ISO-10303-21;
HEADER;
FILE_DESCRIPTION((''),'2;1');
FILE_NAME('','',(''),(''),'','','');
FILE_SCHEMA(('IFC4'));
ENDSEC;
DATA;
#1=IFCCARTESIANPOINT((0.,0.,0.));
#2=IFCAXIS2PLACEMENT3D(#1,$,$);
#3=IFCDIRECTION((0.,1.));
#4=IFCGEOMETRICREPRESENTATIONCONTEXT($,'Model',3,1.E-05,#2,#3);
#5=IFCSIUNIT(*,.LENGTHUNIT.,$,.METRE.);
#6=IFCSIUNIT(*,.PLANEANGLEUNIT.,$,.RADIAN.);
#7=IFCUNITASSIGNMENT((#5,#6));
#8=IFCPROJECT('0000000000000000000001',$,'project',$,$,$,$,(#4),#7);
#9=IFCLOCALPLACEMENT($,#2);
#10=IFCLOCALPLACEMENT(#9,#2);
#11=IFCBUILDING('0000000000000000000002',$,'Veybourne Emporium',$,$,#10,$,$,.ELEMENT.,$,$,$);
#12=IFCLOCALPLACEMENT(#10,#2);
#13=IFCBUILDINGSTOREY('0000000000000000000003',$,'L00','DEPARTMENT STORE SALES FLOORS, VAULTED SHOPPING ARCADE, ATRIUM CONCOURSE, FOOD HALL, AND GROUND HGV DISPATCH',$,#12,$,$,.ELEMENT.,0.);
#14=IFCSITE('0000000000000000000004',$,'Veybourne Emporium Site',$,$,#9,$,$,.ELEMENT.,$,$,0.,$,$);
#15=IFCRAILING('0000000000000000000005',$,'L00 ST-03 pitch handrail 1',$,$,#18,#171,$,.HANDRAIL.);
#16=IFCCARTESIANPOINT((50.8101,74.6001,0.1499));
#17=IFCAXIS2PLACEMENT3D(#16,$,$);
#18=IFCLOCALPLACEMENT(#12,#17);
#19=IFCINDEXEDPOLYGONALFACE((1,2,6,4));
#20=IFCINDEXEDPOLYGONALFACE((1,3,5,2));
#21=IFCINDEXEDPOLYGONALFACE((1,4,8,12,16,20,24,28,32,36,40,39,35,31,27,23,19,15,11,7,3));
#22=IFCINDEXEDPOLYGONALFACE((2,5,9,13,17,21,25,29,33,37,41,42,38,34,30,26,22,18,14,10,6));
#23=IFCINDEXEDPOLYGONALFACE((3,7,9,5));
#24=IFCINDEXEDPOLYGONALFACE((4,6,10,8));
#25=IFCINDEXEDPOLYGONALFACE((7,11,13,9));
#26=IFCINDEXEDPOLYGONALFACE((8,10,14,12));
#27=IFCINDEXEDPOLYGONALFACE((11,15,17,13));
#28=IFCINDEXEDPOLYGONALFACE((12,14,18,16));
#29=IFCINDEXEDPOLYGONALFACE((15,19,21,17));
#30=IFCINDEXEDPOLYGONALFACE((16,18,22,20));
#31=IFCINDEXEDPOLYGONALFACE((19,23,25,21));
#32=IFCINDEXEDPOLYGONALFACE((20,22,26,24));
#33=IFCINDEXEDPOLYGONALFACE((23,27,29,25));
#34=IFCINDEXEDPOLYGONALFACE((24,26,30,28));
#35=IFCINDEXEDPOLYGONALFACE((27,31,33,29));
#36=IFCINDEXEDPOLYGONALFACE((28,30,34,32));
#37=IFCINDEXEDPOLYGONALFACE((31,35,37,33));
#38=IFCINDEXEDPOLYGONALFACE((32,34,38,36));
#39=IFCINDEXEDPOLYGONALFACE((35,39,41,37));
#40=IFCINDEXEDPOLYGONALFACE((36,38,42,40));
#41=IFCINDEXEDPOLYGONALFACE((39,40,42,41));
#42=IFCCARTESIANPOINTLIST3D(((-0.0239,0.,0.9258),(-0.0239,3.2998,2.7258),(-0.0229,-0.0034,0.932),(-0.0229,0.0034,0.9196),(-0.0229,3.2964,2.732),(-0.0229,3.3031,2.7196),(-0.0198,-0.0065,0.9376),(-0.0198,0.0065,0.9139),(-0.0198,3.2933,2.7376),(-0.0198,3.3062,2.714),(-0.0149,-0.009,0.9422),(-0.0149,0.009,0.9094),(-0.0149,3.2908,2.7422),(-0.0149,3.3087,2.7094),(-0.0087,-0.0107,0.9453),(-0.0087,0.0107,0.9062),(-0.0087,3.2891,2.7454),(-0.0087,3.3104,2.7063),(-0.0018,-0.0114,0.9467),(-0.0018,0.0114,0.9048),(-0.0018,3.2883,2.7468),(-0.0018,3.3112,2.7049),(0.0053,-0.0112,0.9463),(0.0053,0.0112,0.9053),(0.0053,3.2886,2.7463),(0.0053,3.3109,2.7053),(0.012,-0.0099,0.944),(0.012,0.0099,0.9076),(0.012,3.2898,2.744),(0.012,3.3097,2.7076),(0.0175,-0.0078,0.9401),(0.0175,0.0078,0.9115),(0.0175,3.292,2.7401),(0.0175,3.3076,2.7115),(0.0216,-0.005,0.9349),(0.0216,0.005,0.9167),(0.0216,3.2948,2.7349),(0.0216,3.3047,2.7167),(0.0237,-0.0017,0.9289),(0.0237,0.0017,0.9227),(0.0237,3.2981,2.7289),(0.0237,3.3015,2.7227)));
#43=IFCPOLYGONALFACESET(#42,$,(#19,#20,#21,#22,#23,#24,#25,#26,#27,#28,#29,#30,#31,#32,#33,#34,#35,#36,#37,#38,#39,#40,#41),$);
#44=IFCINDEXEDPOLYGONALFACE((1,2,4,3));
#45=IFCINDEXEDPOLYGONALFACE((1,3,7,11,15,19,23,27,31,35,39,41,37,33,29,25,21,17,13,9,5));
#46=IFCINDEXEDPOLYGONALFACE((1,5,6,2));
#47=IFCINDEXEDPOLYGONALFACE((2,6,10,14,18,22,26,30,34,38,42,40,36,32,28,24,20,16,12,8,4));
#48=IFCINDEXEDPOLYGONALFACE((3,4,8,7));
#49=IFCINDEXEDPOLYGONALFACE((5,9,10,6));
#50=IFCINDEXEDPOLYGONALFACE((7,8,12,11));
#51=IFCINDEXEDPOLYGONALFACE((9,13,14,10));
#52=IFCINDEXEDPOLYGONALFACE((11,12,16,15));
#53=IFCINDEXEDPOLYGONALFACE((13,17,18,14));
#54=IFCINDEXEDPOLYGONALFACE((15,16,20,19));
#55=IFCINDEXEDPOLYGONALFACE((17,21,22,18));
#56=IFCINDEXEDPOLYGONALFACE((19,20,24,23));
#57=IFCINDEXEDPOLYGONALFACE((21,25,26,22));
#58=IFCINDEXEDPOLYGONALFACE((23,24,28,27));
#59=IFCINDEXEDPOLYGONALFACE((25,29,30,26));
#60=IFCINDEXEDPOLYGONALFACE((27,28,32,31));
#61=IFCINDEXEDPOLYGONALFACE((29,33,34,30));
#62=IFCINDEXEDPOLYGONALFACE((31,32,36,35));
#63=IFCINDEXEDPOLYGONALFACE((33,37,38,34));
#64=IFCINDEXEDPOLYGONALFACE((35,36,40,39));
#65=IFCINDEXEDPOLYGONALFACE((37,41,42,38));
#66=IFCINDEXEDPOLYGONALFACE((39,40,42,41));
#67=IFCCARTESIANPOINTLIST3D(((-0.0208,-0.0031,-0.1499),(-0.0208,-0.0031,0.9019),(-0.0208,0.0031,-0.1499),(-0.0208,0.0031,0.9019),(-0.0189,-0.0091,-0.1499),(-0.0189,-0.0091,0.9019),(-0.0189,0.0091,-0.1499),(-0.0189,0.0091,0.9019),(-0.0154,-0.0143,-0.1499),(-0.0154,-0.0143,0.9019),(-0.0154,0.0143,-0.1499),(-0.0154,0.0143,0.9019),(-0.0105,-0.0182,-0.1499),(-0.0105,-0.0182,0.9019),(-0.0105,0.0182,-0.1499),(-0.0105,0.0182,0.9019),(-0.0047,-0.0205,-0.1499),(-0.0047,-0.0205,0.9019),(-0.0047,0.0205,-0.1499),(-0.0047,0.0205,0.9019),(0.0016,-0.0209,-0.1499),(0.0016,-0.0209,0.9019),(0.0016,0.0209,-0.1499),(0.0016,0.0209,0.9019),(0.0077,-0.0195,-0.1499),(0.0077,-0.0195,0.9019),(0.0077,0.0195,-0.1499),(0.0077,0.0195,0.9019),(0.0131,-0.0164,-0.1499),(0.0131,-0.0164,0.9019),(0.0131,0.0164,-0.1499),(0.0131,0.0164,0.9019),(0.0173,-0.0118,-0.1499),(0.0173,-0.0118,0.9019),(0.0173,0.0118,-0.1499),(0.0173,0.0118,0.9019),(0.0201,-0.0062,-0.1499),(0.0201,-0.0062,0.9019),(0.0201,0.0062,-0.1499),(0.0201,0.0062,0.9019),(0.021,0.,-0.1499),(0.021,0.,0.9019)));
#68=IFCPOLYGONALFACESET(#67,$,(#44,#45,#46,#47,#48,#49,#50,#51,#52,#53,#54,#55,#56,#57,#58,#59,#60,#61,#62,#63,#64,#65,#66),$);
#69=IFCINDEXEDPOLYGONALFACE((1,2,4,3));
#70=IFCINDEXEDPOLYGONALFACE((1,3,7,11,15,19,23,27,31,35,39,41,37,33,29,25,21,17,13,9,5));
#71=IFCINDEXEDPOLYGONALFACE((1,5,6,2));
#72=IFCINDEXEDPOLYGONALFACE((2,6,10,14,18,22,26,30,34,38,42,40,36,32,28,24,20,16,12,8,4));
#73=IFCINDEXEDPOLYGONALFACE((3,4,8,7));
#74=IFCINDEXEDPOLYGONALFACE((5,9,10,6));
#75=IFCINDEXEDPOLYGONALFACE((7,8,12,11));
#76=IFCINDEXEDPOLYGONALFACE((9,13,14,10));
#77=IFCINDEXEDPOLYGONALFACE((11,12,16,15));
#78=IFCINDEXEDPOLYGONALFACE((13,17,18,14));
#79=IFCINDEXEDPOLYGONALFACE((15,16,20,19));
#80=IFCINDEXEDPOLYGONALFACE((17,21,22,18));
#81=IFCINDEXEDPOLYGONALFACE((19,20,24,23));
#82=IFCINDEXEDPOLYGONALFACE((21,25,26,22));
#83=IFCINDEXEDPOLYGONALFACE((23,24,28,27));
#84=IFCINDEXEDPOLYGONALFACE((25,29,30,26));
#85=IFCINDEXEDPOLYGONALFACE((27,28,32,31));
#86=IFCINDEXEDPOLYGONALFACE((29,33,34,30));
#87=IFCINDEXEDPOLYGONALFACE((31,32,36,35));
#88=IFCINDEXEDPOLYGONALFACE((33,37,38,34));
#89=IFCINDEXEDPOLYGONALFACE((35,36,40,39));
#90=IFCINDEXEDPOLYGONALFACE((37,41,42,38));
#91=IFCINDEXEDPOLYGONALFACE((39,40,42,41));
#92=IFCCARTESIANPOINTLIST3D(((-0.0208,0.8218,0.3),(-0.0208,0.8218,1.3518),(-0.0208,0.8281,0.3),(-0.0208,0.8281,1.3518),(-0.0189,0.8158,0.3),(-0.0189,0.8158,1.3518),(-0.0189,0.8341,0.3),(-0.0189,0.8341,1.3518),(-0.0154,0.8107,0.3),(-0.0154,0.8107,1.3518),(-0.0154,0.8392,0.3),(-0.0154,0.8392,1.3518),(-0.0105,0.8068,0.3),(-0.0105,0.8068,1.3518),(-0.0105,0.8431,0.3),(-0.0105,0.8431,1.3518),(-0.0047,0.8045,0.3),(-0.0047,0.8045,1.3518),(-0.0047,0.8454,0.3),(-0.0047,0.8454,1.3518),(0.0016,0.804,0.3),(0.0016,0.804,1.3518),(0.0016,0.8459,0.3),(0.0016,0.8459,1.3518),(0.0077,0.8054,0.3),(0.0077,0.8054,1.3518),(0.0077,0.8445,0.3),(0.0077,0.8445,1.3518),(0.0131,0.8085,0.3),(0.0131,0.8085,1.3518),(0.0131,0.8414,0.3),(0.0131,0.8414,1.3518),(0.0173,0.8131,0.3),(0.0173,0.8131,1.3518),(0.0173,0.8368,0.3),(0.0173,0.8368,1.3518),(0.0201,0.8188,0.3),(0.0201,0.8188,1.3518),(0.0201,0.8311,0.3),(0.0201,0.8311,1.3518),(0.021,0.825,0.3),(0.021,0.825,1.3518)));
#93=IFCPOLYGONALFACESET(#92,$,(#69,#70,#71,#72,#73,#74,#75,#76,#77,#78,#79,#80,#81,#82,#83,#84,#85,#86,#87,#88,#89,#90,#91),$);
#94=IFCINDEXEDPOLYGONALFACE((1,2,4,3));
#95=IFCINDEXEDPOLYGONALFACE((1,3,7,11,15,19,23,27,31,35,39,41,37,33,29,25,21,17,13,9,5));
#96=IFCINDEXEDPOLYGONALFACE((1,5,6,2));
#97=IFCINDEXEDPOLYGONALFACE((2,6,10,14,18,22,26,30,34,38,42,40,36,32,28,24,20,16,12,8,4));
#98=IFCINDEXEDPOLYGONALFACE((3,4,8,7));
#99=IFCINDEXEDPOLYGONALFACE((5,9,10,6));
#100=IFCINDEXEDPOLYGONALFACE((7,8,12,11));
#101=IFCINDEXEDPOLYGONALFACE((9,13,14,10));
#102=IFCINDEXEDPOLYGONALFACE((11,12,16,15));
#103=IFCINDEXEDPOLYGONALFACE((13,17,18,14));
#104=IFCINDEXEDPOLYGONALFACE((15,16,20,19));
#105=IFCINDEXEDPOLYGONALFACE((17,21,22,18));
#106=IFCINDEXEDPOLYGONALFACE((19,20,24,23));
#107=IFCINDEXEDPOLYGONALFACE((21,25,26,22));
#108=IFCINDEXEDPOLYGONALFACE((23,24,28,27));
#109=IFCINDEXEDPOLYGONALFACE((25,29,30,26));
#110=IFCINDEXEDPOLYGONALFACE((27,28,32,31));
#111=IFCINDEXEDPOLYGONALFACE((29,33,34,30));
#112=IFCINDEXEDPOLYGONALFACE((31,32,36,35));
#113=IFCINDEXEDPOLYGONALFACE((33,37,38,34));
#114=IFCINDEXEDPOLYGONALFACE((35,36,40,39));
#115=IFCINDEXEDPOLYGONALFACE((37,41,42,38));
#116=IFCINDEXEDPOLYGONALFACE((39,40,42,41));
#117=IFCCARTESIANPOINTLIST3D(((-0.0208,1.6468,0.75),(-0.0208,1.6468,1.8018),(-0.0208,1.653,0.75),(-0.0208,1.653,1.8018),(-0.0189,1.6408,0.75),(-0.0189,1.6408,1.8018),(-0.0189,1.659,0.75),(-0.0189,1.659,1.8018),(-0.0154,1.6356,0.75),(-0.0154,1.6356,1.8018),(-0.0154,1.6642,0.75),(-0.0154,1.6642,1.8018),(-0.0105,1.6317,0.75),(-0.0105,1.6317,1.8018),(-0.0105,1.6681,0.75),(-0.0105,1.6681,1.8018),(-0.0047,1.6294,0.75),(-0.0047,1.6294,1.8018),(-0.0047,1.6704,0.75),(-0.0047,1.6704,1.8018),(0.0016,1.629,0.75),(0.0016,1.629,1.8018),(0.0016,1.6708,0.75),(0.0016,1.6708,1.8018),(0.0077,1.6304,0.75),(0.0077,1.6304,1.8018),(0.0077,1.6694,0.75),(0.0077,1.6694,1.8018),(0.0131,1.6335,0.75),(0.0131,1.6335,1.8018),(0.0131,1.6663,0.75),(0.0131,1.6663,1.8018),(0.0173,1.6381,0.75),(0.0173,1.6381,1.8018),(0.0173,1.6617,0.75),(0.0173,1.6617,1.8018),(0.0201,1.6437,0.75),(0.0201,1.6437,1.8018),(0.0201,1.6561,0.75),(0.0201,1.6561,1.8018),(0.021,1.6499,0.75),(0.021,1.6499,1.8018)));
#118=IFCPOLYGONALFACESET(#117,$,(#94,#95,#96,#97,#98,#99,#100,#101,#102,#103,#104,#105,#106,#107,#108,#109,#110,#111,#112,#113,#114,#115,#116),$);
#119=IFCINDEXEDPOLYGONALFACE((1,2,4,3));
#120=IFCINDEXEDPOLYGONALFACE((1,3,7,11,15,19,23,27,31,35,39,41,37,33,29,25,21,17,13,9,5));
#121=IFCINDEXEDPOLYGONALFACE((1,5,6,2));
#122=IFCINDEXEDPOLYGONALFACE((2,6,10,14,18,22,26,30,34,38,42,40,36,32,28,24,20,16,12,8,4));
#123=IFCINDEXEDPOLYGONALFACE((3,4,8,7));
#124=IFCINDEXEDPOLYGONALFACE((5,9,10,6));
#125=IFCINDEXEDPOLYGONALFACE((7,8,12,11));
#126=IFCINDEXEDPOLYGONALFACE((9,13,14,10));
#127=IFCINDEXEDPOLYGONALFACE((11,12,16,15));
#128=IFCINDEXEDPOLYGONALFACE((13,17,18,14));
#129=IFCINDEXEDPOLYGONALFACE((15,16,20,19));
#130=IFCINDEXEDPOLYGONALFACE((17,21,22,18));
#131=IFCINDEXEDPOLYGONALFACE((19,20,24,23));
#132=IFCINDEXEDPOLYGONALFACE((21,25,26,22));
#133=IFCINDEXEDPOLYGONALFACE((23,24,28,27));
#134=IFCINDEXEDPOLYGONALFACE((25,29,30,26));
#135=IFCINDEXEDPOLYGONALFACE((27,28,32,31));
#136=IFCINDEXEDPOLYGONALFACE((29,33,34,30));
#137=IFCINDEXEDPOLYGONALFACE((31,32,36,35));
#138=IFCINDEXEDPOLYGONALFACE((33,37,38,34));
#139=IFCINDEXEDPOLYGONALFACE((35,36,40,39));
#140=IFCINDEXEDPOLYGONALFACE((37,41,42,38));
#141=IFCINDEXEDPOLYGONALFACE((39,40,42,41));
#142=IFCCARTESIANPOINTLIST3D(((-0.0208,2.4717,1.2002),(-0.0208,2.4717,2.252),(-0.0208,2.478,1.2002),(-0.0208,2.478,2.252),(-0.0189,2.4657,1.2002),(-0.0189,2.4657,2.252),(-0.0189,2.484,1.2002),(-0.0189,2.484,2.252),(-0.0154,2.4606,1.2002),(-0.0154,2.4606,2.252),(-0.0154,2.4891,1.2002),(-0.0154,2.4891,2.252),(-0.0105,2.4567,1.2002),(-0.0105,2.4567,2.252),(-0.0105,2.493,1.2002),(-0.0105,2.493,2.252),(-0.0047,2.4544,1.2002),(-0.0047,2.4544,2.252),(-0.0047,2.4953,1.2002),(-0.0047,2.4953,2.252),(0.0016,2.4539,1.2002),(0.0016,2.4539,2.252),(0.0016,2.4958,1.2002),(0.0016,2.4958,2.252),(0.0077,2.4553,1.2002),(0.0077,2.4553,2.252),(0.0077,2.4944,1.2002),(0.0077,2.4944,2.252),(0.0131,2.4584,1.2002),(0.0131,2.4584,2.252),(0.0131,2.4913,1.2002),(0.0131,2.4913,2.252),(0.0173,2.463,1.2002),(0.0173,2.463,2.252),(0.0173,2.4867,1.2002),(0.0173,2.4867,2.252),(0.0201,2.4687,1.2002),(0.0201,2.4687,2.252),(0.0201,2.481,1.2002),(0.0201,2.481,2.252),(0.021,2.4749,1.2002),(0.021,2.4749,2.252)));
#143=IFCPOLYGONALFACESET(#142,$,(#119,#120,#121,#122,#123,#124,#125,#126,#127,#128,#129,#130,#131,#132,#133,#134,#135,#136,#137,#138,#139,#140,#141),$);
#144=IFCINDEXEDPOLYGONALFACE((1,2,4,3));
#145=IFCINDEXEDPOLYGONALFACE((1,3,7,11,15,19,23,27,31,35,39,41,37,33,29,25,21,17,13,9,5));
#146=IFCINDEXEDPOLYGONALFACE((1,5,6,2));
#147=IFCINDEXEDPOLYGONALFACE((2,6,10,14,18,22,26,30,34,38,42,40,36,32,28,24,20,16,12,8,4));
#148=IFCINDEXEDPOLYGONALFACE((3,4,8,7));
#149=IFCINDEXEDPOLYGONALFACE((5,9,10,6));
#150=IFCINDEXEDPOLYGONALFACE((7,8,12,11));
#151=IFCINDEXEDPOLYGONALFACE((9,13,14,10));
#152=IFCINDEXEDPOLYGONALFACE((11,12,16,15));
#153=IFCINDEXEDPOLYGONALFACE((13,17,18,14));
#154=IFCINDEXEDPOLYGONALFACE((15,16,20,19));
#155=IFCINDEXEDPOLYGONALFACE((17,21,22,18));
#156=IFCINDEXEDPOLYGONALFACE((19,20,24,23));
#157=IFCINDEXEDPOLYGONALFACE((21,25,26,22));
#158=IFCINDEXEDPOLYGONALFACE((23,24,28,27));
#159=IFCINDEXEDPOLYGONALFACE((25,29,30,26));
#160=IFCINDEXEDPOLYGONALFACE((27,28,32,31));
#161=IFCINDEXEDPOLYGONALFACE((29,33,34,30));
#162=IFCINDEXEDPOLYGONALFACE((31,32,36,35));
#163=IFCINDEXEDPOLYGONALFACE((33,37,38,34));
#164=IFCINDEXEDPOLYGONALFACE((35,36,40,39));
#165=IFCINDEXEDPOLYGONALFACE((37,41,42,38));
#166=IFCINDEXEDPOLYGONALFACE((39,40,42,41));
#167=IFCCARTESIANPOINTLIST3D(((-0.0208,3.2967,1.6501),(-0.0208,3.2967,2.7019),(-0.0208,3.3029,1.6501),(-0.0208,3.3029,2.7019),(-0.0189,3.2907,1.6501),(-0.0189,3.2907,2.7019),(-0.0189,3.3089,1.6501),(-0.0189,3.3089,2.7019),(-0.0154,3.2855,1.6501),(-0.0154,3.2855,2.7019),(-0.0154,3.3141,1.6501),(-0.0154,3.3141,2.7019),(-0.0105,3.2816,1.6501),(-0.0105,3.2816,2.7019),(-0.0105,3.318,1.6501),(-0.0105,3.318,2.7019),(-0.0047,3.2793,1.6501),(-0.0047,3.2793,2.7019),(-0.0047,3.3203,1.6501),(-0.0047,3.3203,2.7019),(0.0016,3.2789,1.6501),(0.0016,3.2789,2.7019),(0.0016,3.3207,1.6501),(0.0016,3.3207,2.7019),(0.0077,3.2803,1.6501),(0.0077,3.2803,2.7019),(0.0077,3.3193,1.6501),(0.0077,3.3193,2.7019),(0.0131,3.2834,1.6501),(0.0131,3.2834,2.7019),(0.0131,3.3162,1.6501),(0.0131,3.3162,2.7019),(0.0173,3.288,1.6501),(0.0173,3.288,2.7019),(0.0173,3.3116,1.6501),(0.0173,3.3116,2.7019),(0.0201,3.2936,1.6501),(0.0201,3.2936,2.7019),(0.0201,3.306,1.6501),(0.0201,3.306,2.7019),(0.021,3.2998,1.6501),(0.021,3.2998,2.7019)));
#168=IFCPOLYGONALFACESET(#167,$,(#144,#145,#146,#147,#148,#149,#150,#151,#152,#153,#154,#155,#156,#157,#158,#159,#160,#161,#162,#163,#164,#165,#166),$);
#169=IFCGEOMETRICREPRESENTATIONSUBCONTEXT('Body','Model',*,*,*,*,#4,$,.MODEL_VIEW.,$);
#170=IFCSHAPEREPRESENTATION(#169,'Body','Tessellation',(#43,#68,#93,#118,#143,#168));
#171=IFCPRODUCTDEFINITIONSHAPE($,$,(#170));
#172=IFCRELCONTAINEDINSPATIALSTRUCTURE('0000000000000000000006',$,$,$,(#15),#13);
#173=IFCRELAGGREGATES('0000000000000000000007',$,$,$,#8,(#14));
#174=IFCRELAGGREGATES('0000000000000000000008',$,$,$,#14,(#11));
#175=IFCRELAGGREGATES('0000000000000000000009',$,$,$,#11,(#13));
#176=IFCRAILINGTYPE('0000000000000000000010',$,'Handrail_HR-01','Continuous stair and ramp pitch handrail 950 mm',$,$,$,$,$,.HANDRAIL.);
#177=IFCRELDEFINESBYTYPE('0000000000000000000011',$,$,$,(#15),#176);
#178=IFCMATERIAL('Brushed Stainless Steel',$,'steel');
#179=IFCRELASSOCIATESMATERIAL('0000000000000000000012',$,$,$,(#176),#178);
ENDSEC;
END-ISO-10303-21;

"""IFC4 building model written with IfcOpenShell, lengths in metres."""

from ifc_helpers import new_model, si_unit, direction, frame, origin, origin_2d, place, context, subcontext, project, spatial, circle, extrude, material, type_object, element, save


model = new_model("IFC4")

# Units and contexts
model_context = context("Model", 3, precision=1e-05, world=origin(), true_north=direction((0.0, 1.0)))
body_context = subcontext(model_context, "Body", "Model", "MODEL_VIEW")
ifc_project = project(units=[si_unit("LENGTHUNIT", "METRE"), si_unit("PLANEANGLEUNIT", "RADIAN")], contexts=[model_context])

# Site, building, storey
site_placement = place(None, origin())
site = spatial("IfcSite", under=ifc_project, at=site_placement, Name="Veybourne Emporium Site", CompositionType="ELEMENT", RefElevation=0.0)
building_placement = place(site_placement, origin())
building = spatial("IfcBuilding", under=site, at=building_placement, Name="Veybourne Emporium", CompositionType="ELEMENT")
storey_placement = place(building_placement, origin())
storey = spatial("IfcBuildingStorey", under=building, at=storey_placement, Name="L00", Description="DEPARTMENT STORE SALES FLOORS, VAULTED SHOPPING ARCADE, ATRIUM CONCOURSE, FOOD HALL, AND GROUND HGV DISPATCH", CompositionType="ELEMENT", Elevation=0.0)

# Railing
ifc_material_1 = material(Name="Brushed Stainless Steel", Category="steel")
railing_type_1 = type_object("IfcRailingType", Name="Handrail_HR-01", Description="Continuous stair and ramp pitch handrail 950 mm", PredefinedType="HANDRAIL", material=ifc_material_1)
railing_1_placement = place(storey_placement, frame((50.8101, 74.6001, 0.1499)))
element("IfcRailing", 1, at=railing_1_placement, inside=storey, type_object=railing_type_1, Name="L00 ST-03 pitch handrail 1", PredefinedType="HANDRAIL", context=body_context, shape_type="SweptSolid", body=[
    extrude(circle(Radius=0.0239, at=origin_2d()), frame((0.0, 0.0, 0.9258), z_axis=(0.0, 0.877878, 0.478884), x_axis=(-1.0, 0.0, 0.0)), (0.0, 0.0, 1.0), 3.7588),
    extrude(circle(Radius=0.021, at=origin_2d()), frame((0.0, 0.0, -0.1499)), (0.0, 0.0, 1.0), 1.0518),
    extrude(circle(Radius=0.021, at=origin_2d()), frame((0.0, 0.825, 0.3)), (0.0, 0.0, 1.0), 1.0518),
    extrude(circle(Radius=0.021, at=origin_2d()), frame((0.0, 1.6499, 0.75)), (0.0, 0.0, 1.0), 1.0518),
    extrude(circle(Radius=0.021, at=origin_2d()), frame((0.0, 2.4749, 1.2002)), (0.0, 0.0, 1.0), 1.0518),
    extrude(circle(Radius=0.021, at=origin_2d()), frame((0.0, 3.2998, 1.6501)), (0.0, 0.0, 1.0), 1.0518),
])

save(model, "model.ifc")
